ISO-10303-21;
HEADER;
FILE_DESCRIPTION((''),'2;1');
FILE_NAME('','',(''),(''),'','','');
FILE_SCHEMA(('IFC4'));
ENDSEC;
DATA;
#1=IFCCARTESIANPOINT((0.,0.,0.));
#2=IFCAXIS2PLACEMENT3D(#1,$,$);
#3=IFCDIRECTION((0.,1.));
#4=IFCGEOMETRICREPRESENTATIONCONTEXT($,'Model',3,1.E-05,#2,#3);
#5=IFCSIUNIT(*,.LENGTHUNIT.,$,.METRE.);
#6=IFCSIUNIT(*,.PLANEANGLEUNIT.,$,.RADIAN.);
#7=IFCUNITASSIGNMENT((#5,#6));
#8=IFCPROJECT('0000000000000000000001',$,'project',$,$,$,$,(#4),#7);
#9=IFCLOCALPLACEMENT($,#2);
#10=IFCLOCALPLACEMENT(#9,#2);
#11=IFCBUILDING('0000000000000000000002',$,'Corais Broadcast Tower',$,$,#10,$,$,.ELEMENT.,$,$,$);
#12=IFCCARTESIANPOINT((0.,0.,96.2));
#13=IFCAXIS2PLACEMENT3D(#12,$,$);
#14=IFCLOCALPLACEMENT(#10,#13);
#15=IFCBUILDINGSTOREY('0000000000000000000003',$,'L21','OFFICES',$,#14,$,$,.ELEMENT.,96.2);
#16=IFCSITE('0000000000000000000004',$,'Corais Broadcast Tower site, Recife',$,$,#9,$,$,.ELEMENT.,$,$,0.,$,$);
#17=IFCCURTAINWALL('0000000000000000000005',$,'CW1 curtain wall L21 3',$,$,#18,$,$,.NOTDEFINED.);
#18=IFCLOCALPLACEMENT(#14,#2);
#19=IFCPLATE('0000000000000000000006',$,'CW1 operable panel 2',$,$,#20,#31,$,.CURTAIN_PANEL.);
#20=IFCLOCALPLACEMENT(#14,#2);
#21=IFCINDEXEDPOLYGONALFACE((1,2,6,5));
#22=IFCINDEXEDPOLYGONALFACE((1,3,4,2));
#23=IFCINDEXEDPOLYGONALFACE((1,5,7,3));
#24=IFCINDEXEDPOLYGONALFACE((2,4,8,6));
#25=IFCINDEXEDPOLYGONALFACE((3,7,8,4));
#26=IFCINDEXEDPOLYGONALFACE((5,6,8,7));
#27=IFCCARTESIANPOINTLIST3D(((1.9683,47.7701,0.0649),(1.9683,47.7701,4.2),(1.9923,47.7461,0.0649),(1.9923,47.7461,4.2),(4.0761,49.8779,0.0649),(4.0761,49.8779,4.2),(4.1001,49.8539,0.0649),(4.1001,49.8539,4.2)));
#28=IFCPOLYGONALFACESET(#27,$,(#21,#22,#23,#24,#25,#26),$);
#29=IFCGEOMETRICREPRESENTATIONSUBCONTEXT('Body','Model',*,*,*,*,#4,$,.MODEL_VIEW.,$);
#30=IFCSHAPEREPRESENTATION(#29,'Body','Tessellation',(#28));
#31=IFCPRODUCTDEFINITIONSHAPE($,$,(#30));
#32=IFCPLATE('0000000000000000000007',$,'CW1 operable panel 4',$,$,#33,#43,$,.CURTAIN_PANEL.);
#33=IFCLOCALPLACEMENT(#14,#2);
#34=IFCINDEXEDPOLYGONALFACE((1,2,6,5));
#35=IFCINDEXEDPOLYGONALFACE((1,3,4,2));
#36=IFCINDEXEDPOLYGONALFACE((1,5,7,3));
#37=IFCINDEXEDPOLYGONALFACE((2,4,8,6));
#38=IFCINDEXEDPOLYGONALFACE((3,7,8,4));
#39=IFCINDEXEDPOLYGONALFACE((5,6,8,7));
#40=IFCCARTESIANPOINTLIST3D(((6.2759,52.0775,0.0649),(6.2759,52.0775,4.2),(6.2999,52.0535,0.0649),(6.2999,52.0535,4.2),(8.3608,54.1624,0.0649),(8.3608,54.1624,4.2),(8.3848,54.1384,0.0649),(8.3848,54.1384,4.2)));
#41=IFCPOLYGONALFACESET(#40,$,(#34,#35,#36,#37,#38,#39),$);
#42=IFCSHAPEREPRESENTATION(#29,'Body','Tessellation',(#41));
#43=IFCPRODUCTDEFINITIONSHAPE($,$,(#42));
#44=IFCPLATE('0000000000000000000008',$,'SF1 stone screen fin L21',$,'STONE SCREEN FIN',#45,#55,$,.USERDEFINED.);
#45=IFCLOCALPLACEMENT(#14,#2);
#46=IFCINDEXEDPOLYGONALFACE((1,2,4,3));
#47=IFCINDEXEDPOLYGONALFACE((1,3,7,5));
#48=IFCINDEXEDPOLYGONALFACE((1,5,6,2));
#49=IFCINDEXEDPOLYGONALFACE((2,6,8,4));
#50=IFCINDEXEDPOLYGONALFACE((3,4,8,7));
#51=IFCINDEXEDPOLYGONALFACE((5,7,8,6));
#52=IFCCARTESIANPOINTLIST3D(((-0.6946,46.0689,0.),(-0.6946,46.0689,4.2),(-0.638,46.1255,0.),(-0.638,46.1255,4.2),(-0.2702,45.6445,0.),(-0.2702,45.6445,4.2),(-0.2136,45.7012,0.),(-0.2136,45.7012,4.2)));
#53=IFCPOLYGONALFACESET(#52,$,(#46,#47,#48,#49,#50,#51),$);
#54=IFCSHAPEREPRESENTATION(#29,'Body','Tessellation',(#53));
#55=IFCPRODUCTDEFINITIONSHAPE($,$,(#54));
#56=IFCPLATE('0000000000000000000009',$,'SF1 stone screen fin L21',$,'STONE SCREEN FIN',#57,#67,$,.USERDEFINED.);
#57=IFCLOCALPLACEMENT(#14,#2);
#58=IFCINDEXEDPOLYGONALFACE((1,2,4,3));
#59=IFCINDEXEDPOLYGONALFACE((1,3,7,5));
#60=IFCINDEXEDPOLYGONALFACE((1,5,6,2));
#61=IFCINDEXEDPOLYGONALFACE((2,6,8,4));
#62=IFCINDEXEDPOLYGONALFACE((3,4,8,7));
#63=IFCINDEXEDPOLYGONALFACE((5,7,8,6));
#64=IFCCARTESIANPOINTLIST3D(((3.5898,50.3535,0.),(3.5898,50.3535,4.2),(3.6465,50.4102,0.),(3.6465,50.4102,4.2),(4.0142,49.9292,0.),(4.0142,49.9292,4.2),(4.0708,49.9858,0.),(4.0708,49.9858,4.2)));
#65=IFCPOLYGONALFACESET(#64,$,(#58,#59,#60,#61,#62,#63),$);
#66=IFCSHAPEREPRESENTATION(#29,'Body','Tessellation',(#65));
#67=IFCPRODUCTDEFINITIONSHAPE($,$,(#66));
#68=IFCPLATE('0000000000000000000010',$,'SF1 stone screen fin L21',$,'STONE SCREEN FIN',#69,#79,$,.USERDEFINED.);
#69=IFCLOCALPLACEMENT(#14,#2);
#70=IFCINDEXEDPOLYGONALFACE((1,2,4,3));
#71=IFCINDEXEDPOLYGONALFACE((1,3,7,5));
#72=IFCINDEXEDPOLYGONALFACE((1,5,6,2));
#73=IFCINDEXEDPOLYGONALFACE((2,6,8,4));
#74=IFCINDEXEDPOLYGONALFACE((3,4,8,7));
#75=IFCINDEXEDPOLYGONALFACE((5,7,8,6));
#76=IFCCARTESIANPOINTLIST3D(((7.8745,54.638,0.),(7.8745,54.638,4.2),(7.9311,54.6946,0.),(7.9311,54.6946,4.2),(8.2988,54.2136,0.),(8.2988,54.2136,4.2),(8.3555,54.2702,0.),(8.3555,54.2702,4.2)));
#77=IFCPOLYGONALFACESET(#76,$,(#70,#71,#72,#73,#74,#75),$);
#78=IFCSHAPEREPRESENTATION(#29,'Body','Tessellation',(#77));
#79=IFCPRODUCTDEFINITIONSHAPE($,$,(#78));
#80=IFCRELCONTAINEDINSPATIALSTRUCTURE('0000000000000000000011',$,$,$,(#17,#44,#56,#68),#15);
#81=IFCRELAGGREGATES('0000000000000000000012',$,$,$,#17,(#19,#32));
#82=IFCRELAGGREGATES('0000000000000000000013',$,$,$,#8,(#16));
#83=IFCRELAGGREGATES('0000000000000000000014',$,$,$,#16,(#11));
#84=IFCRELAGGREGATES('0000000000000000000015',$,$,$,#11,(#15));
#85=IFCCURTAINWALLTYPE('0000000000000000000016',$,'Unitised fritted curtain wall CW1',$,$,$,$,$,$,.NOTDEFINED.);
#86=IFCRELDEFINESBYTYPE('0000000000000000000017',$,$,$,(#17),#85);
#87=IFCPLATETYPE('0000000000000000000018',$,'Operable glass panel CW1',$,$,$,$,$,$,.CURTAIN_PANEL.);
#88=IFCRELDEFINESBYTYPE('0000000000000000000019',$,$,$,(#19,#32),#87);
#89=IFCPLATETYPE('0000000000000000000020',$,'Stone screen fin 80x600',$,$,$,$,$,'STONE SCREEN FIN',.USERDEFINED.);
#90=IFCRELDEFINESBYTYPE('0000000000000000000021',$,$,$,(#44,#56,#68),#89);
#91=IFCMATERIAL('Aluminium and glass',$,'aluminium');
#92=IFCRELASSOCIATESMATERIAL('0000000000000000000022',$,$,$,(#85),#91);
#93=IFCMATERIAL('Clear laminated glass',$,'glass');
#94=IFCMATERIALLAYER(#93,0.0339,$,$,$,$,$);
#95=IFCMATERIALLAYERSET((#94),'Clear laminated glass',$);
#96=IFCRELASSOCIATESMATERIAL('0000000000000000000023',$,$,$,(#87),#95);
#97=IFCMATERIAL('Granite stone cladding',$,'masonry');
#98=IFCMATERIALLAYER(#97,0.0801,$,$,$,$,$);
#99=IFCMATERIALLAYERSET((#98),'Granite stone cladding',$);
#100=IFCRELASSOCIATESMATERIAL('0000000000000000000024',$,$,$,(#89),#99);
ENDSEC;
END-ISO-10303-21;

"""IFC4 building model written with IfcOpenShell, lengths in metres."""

from ifc_helpers import new_model, si_unit, direction, frame, origin, origin_2d, place, context, subcontext, project, spatial, rectangle, extrude, material, layer, layer_set, type_object, element, aggregate, save


model = new_model("IFC4")

# Units and contexts
model_context = context("Model", 3, precision=1e-05, world=origin(), true_north=direction((0.0, 1.0)))
body_context = subcontext(model_context, "Body", "Model", "MODEL_VIEW")
ifc_project = project(units=[si_unit("LENGTHUNIT", "METRE"), si_unit("PLANEANGLEUNIT", "RADIAN")], contexts=[model_context])

# Site, building, storey
site_placement = place(None, origin())
site = spatial("IfcSite", under=ifc_project, at=site_placement, Name="Corais Broadcast Tower site, Recife", CompositionType="ELEMENT", RefElevation=0.0)
building_placement = place(site_placement, origin())
building = spatial("IfcBuilding", under=site, at=building_placement, Name="Corais Broadcast Tower", CompositionType="ELEMENT")
storey_placement = place(building_placement, frame((0.0, 0.0, 96.2)))
storey = spatial("IfcBuildingStorey", under=building, at=storey_placement, Name="L21", Description="OFFICES", CompositionType="ELEMENT", Elevation=96.2)

# Shared definitions
ifc_material_1 = material(Name="Aluminium and glass", Category="aluminium")
curtain_wall_type = type_object("IfcCurtainWallType", Name="Unitised fritted curtain wall CW1", PredefinedType="NOTDEFINED", material=ifc_material_1)

# Curtain wall
curtain_wall_1_placement = place(storey_placement, origin())
curtain_wall_1 = element("IfcCurtainWall", 1, at=curtain_wall_1_placement, inside=storey, type_object=curtain_wall_type, Name="CW1 curtain wall L21 3", PredefinedType="NOTDEFINED")

# Plates
ifc_material_2 = material(Name="Clear laminated glass", Category="glass")
ifc_layer_1 = layer(ifc_material_2, 0.0339)
ifc_layer_set_1 = layer_set([ifc_layer_1], Name="Clear laminated glass")
plate_type_1 = type_object("IfcPlateType", Name="Operable glass panel CW1", PredefinedType="CURTAIN_PANEL", material=ifc_layer_set_1)
plate_1_placement = place(storey_placement, frame((3.0342, 48.812, 0.0649), z_axis=(0.0, 0.0, 1.0), x_axis=(0.707107, 0.707107, 0.0)))
plate_1 = element("IfcPlate", 2, at=plate_1_placement, type_object=plate_type_1, Name="CW1 operable panel 2", PredefinedType="CURTAIN_PANEL", context=body_context, shape_type="SweptSolid", body=[
    extrude(rectangle(XDim=2.981, YDim=0.0339, at=origin_2d()), origin(), (0.0, 0.0, 1.0), 4.135),
])
plate_2_placement = place(storey_placement, frame((7.3303, 53.1079, 0.0649), z_axis=(0.0, 0.0, 1.0), x_axis=(0.707107, 0.707107, 0.0)))
plate_2 = element("IfcPlate", 3, at=plate_2_placement, type_object=plate_type_1, Name="CW1 operable panel 4", PredefinedType="CURTAIN_PANEL", context=body_context, shape_type="SweptSolid", body=[
    extrude(rectangle(XDim=2.9485, YDim=0.0339, at=origin_2d()), origin(), (0.0, 0.0, 1.0), 4.135),
])
aggregate(curtain_wall_1, [plate_1, plate_2])

# Plates
ifc_material_3 = material(Name="Granite stone cladding", Category="masonry")
ifc_layer_2 = layer(ifc_material_3, 0.0801)
ifc_layer_set_2 = layer_set([ifc_layer_2], Name="Granite stone cladding")
plate_type_2 = type_object("IfcPlateType", Name="Stone screen fin 80x600", ElementType="STONE SCREEN FIN", PredefinedType="USERDEFINED", material=ifc_layer_set_2)
for number, where, z_axis, x_axis, name in (
    (4, (-0.4541, 45.885, 0.0), (0.0, 0.0, 1.0), (0.707107, 0.707107, 0.0), "SF1 stone screen fin L21"),
    (5, (3.8303, 50.1697, 0.0), (0.0, 0.0, 1.0), (0.707107, 0.707107, 0.0), "SF1 stone screen fin L21"),
    (6, (8.115, 54.4541, 0.0), (0.0, 0.0, 1.0), (0.707107, 0.707107, 0.0), "SF1 stone screen fin L21"),
):
    element("IfcPlate", number, at=place(storey_placement, frame(where, z_axis=z_axis, x_axis=x_axis)), inside=storey, type_object=plate_type_2, Name=name, ObjectType="STONE SCREEN FIN", PredefinedType="USERDEFINED", context=body_context, shape_type="SweptSolid", body=[
        extrude(rectangle(XDim=0.0801, YDim=0.6001, at=origin_2d()), origin(), (0.0, 0.0, 1.0), 4.2),
    ])

save(model, "model.ifc")
